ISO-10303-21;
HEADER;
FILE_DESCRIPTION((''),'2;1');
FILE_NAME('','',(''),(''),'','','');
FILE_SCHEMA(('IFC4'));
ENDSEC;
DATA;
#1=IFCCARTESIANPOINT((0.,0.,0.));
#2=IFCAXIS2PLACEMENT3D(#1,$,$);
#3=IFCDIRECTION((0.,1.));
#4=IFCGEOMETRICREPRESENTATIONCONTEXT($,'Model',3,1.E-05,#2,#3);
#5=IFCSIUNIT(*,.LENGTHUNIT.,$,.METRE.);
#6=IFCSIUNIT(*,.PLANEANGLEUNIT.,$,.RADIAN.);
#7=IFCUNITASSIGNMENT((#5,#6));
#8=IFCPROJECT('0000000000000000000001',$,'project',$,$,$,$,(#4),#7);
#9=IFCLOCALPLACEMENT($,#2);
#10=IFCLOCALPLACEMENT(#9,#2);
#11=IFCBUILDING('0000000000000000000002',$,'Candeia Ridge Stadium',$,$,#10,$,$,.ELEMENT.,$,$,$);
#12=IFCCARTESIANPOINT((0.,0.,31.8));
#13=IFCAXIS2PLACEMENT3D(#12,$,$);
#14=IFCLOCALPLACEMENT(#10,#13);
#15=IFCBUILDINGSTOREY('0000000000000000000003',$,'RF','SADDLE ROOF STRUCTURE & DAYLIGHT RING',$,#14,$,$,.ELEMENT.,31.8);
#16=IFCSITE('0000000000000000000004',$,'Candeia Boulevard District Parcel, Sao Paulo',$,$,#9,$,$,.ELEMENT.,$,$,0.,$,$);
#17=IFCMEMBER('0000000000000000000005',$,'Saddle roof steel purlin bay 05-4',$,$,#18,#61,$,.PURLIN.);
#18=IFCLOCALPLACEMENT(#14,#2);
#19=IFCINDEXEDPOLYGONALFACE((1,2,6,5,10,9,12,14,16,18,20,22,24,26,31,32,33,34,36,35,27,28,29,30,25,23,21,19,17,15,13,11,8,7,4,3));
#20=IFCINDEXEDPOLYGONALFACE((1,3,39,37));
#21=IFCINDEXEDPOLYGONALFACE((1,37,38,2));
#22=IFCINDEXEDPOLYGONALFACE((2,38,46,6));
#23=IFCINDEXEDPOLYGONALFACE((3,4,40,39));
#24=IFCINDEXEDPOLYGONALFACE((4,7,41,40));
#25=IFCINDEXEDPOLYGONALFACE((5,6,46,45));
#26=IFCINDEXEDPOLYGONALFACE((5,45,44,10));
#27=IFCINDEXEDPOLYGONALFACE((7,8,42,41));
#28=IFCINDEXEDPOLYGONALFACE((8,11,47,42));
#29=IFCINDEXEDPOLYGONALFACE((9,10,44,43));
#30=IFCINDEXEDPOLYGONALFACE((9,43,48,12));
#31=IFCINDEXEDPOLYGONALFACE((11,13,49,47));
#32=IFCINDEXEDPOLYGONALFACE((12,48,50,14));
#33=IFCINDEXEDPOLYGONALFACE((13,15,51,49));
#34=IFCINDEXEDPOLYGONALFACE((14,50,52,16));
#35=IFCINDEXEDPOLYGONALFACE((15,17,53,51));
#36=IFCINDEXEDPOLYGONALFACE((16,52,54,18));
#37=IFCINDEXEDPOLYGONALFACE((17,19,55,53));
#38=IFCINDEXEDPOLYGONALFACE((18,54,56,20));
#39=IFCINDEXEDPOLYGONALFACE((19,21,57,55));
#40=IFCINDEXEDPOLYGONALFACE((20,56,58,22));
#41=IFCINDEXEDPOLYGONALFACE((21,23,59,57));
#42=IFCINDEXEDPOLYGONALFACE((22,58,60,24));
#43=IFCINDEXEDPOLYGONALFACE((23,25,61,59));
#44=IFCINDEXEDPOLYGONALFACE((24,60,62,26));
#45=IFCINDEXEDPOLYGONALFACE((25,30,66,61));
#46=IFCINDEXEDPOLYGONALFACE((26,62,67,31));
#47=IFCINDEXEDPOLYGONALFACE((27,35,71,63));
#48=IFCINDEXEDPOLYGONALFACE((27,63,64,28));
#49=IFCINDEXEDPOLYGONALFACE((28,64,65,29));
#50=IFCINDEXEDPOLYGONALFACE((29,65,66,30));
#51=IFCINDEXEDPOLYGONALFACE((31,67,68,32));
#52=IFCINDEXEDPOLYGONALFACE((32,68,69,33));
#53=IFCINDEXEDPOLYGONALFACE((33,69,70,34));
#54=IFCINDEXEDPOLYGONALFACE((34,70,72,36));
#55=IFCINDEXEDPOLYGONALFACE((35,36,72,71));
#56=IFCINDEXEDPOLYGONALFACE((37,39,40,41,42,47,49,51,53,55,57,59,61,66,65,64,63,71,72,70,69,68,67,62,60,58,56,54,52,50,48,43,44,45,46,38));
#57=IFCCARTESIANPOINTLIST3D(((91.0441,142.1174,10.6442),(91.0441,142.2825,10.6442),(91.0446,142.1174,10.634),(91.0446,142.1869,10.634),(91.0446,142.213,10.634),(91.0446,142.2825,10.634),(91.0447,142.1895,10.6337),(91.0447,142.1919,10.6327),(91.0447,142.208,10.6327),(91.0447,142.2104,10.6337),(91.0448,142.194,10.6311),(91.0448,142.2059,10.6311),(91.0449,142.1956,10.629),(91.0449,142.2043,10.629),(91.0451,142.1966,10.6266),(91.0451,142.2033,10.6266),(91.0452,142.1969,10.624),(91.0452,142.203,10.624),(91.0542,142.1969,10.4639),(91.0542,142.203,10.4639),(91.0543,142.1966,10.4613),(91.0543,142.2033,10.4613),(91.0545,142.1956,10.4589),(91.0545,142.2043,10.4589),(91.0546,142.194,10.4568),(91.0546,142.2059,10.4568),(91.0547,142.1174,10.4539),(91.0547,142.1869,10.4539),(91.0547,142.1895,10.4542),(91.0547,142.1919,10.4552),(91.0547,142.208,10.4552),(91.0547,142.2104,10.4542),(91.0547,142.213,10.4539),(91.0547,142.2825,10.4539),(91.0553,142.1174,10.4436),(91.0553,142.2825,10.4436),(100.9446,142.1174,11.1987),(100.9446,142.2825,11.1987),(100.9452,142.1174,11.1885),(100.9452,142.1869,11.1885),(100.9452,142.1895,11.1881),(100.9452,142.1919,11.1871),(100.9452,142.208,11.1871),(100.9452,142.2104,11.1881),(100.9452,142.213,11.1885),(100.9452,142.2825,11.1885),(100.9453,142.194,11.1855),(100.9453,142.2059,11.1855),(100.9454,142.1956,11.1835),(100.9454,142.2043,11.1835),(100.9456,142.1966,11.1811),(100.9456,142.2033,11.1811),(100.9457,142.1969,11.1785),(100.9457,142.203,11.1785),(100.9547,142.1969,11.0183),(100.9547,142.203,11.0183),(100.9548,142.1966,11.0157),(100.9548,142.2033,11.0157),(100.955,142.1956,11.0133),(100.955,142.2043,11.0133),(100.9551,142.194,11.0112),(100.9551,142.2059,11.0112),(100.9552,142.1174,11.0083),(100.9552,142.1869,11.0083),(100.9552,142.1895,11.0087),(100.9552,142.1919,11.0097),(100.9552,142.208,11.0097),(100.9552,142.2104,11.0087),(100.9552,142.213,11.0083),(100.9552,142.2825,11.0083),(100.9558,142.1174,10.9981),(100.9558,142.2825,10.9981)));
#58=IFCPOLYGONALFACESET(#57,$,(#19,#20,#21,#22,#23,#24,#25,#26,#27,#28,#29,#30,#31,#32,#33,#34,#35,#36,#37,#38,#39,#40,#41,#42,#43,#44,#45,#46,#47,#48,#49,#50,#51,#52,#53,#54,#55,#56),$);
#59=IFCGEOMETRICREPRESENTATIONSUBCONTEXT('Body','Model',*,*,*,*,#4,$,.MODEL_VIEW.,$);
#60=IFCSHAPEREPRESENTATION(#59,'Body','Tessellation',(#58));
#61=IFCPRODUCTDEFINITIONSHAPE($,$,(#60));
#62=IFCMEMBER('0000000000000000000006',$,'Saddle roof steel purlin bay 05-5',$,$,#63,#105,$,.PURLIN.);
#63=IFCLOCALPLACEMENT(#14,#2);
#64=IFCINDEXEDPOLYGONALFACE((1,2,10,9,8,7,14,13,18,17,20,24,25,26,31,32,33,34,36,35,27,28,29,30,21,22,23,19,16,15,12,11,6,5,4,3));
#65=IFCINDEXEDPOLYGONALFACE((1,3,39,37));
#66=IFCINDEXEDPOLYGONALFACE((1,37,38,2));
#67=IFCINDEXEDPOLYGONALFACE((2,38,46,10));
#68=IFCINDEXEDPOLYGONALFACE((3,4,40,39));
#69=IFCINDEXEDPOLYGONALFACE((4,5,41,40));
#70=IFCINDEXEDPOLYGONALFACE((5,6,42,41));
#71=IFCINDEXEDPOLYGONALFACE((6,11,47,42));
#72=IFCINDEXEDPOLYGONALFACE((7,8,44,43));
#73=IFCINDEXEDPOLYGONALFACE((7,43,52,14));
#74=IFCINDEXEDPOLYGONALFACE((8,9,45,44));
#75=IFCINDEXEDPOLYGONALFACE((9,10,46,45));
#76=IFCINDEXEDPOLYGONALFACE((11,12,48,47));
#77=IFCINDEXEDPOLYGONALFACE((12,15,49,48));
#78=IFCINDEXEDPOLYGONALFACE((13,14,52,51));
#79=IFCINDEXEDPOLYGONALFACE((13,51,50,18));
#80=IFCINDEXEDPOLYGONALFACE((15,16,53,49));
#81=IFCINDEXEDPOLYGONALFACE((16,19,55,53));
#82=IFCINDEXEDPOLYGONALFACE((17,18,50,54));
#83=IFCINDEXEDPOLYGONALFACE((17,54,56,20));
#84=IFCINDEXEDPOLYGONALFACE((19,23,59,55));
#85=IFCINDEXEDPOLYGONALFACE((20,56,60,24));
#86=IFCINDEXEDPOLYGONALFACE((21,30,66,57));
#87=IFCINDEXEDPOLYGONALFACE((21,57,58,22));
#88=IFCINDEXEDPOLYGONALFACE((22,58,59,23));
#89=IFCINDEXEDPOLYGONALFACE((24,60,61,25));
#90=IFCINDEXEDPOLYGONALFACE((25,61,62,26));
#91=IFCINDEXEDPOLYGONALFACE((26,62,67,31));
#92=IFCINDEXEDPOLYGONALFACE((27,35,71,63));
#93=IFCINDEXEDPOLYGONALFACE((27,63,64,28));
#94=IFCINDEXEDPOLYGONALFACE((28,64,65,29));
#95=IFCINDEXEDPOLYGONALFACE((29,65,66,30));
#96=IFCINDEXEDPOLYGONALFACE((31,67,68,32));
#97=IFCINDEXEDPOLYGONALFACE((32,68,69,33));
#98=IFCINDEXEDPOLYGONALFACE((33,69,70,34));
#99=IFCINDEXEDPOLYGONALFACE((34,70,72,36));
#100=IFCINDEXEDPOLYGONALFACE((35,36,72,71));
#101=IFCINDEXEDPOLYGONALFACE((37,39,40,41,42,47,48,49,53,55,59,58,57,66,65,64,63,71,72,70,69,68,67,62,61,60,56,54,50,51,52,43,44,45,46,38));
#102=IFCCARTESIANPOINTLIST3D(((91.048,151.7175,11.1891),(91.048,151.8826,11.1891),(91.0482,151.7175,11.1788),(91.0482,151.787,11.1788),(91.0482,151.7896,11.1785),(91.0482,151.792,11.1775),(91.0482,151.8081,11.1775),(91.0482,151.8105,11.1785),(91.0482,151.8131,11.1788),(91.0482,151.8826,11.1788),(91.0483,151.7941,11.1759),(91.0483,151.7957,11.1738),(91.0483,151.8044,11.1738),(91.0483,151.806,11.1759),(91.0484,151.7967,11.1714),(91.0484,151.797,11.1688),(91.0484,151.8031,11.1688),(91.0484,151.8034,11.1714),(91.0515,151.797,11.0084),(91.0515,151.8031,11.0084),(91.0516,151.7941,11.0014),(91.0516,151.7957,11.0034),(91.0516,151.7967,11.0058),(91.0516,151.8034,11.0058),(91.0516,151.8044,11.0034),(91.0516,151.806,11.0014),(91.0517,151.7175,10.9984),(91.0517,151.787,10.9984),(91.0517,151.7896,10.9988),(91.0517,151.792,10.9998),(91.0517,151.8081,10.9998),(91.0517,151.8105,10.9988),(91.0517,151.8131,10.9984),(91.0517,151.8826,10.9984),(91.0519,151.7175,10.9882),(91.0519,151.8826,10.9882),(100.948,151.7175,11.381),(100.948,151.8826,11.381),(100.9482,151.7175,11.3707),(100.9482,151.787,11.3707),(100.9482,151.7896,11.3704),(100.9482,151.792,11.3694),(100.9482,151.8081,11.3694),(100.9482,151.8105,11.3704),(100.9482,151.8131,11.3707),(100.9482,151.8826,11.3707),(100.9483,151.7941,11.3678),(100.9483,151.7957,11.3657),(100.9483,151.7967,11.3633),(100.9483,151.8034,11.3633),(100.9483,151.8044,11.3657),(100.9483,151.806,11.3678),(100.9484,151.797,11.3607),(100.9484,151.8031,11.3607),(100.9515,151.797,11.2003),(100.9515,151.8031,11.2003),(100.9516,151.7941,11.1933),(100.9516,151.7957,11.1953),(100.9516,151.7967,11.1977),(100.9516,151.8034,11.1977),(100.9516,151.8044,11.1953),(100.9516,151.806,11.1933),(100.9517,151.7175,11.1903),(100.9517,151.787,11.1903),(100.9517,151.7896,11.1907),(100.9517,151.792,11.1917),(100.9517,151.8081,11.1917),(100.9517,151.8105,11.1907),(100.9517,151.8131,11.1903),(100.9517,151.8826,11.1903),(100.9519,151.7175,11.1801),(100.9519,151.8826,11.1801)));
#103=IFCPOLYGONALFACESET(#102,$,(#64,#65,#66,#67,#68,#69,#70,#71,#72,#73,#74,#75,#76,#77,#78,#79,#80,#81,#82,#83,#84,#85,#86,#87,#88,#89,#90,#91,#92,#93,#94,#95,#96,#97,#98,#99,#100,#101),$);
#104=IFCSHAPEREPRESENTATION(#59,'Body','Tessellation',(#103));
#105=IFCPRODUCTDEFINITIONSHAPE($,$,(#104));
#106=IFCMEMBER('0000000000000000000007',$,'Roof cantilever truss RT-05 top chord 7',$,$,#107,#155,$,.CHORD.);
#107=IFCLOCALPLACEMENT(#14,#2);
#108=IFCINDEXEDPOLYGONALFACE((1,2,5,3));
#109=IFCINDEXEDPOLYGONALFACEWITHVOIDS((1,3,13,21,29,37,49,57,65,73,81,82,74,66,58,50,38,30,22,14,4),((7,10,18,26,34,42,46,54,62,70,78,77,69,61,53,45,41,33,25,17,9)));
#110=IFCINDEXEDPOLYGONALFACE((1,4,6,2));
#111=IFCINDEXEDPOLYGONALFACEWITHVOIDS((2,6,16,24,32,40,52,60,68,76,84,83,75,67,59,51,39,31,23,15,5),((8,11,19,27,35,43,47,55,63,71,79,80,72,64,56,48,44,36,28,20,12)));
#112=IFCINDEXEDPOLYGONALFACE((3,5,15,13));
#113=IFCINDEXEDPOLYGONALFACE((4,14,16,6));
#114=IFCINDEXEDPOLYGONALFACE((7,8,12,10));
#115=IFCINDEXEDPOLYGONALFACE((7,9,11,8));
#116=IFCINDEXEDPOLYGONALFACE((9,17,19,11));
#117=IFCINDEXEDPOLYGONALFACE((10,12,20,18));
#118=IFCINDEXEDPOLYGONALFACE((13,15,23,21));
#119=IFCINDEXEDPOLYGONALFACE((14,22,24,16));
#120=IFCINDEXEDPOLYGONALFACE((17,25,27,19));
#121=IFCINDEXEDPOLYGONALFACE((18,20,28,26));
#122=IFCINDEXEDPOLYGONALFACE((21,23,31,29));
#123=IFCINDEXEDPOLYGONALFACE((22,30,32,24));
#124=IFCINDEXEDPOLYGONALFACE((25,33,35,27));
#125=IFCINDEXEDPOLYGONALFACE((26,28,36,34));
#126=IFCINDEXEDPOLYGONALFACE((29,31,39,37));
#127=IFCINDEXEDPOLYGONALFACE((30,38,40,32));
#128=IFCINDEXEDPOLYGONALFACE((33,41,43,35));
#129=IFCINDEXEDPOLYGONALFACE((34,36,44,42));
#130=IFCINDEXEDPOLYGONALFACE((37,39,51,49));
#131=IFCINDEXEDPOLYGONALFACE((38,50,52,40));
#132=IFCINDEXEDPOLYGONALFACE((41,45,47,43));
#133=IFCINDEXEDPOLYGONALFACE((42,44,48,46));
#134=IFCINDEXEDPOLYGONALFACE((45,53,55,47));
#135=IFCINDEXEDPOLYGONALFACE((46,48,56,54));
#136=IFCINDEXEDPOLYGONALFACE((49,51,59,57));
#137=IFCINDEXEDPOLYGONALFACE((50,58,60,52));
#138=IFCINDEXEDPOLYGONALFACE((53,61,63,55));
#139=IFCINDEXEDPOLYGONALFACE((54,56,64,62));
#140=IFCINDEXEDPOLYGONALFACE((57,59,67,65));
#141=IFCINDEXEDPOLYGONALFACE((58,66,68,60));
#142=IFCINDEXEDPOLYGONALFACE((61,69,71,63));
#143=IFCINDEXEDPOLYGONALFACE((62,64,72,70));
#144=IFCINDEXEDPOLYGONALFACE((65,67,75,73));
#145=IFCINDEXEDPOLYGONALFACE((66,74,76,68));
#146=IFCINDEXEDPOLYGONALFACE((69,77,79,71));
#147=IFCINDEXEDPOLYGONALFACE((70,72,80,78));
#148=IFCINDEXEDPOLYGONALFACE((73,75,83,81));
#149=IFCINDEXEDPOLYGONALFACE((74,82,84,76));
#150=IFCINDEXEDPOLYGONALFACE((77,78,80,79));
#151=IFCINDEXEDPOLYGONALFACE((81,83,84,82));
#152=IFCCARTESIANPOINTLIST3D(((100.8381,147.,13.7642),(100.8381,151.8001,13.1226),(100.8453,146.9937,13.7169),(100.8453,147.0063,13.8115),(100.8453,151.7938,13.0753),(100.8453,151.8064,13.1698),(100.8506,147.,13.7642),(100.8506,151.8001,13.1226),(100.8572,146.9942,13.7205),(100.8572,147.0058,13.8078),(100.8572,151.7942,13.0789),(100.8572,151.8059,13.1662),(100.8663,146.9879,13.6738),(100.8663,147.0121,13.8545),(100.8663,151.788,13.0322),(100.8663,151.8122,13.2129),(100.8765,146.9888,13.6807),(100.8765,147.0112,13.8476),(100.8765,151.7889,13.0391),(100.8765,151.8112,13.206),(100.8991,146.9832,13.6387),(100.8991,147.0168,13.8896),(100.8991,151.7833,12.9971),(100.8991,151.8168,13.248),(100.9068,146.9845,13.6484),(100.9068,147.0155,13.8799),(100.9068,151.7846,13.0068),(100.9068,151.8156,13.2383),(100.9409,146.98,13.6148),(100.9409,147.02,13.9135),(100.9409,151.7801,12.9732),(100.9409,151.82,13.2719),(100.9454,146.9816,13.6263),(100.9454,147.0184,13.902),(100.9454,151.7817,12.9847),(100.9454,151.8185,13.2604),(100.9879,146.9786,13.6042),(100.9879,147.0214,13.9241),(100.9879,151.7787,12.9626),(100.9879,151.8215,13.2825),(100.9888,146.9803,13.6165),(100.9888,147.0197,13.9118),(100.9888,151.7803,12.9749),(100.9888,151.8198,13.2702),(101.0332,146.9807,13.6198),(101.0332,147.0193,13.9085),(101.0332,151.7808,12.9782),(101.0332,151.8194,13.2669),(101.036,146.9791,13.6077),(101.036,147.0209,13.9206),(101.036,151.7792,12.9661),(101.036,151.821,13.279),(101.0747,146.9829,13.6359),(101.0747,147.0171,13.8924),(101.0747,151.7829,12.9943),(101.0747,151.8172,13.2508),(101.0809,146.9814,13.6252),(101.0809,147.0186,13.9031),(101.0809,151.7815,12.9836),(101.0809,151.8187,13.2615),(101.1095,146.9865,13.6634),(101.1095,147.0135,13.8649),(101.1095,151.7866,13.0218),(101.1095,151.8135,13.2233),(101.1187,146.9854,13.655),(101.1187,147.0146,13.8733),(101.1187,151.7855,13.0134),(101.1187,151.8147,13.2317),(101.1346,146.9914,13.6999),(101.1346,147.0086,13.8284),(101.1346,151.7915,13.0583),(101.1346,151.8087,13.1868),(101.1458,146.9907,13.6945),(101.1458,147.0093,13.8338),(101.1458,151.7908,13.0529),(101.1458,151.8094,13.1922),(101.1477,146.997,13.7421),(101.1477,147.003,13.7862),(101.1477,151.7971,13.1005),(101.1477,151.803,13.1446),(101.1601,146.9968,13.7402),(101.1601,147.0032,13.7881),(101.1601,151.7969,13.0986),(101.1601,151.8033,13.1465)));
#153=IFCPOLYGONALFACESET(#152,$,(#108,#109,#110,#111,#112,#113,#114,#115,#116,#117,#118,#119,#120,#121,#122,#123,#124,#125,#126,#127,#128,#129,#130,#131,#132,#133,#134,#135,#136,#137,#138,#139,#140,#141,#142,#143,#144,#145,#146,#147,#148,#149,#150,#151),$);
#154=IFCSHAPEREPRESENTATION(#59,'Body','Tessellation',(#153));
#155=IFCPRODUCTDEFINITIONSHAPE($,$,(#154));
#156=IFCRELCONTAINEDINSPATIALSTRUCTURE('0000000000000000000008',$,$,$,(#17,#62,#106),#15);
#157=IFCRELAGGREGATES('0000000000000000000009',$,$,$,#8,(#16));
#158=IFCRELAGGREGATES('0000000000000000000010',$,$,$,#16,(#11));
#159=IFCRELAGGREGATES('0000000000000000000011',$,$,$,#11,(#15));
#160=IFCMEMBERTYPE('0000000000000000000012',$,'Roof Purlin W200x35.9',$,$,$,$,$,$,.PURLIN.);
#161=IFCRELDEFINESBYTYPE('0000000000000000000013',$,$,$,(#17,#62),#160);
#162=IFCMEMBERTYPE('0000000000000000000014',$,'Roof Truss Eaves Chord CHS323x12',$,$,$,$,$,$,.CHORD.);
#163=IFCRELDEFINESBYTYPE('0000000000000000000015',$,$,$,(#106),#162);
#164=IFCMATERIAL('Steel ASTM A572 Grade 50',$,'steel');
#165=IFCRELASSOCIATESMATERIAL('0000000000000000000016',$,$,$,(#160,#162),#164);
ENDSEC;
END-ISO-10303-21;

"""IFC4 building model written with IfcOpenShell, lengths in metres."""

from ifc_helpers import new_model, si_unit, direction, frame, origin, origin_2d, place, context, subcontext, project, spatial, hollow_circle, i_section, extrude, material, material_profile, profile_set, type_object, element, save


model = new_model("IFC4")

# Units and contexts
model_context = context("Model", 3, precision=1e-05, world=origin(), true_north=direction((0.0, 1.0)))
body_context = subcontext(model_context, "Body", "Model", "MODEL_VIEW")
ifc_project = project(units=[si_unit("LENGTHUNIT", "METRE"), si_unit("PLANEANGLEUNIT", "RADIAN")], contexts=[model_context])

# Site, building, storey
site_placement = place(None, origin())
site = spatial("IfcSite", under=ifc_project, at=site_placement, Name="Candeia Boulevard District Parcel, Sao Paulo", CompositionType="ELEMENT", RefElevation=0.0)
building_placement = place(site_placement, origin())
building = spatial("IfcBuilding", under=site, at=building_placement, Name="Candeia Ridge Stadium", CompositionType="ELEMENT")
storey_placement = place(building_placement, frame((0.0, 0.0, 31.8)))
storey = spatial("IfcBuildingStorey", under=building, at=storey_placement, Name="RF", Description="SADDLE ROOF STRUCTURE & DAYLIGHT RING", CompositionType="ELEMENT", Elevation=31.8)

# Shared definitions
ifc_material_1 = material(Name="Steel ASTM A572 Grade 50", Category="steel")

# Members
ifc_material_profile_1 = material_profile(ifc_material_1, i_section(OverallWidth=0.165, OverallDepth=0.2009, WebThickness=0.0061, FlangeThickness=0.0103, FilletRadius=0.01, at=origin_2d()), Name="W200x35.9", Category="steel")
ifc_profile_set_1 = profile_set([ifc_material_profile_1], Name="Steel ASTM A572 Grade 50")
member_type_1 = type_object("IfcMemberType", Name="Roof Purlin W200x35.9", PredefinedType="PURLIN", material=ifc_profile_set_1)
member_1_placement = place(storey_placement, frame((100.9502, 142.2, 11.0984), z_axis=(-0.998436, 0.0, -0.055915), x_axis=(0.0, -1.0, 0.0)))
element("IfcMember", 1, at=member_1_placement, inside=storey, type_object=member_type_1, Name="Saddle roof steel purlin bay 05-4", PredefinedType="PURLIN", context=body_context, shape_type="SweptSolid", body=[
    extrude(i_section(OverallWidth=0.165, OverallDepth=0.2009, WebThickness=0.0061, FlangeThickness=0.0103, FilletRadius=0.01, at=origin_2d()), origin(), (0.0, 0.0, 1.0), 9.916),
])
member_2_placement = place(storey_placement, frame((100.95, 151.8, 11.2805), z_axis=(-0.999812, 0.0, -0.01938), x_axis=(0.0, -1.0, 0.0)))
element("IfcMember", 2, at=member_2_placement, inside=storey, type_object=member_type_1, Name="Saddle roof steel purlin bay 05-5", PredefinedType="PURLIN", context=body_context, shape_type="SweptSolid", body=[
    extrude(i_section(OverallWidth=0.165, OverallDepth=0.2009, WebThickness=0.0061, FlangeThickness=0.0103, FilletRadius=0.01, at=origin_2d()), origin(), (0.0, 0.0, 1.0), 9.9019),
])
ifc_material_profile_2 = material_profile(ifc_material_1, hollow_circle(Radius=0.1619, WallThickness=0.0125, at=origin_2d()), Name="CHS323x12", Category="steel")
ifc_profile_set_2 = profile_set([ifc_material_profile_2], Name="Steel ASTM A572 Grade 50")
member_type_2 = type_object("IfcMemberType", Name="Roof Truss Eaves Chord CHS323x12", PredefinedType="CHORD", material=ifc_profile_set_2)
member_3_placement = place(storey_placement, frame((101.0, 147.0, 13.7642), z_axis=(0.0, 0.991185, -0.132487), x_axis=(-1.0, 0.0, 0.0)))
element("IfcMember", 3, at=member_3_placement, inside=storey, type_object=member_type_2, Name="Roof cantilever truss RT-05 top chord 7", PredefinedType="CHORD", context=body_context, shape_type="SweptSolid", body=[
    extrude(hollow_circle(Radius=0.1619, WallThickness=0.0125, at=origin_2d()), origin(), (0.0, 0.0, 1.0), 4.8428),
])

save(model, "model.ifc")
